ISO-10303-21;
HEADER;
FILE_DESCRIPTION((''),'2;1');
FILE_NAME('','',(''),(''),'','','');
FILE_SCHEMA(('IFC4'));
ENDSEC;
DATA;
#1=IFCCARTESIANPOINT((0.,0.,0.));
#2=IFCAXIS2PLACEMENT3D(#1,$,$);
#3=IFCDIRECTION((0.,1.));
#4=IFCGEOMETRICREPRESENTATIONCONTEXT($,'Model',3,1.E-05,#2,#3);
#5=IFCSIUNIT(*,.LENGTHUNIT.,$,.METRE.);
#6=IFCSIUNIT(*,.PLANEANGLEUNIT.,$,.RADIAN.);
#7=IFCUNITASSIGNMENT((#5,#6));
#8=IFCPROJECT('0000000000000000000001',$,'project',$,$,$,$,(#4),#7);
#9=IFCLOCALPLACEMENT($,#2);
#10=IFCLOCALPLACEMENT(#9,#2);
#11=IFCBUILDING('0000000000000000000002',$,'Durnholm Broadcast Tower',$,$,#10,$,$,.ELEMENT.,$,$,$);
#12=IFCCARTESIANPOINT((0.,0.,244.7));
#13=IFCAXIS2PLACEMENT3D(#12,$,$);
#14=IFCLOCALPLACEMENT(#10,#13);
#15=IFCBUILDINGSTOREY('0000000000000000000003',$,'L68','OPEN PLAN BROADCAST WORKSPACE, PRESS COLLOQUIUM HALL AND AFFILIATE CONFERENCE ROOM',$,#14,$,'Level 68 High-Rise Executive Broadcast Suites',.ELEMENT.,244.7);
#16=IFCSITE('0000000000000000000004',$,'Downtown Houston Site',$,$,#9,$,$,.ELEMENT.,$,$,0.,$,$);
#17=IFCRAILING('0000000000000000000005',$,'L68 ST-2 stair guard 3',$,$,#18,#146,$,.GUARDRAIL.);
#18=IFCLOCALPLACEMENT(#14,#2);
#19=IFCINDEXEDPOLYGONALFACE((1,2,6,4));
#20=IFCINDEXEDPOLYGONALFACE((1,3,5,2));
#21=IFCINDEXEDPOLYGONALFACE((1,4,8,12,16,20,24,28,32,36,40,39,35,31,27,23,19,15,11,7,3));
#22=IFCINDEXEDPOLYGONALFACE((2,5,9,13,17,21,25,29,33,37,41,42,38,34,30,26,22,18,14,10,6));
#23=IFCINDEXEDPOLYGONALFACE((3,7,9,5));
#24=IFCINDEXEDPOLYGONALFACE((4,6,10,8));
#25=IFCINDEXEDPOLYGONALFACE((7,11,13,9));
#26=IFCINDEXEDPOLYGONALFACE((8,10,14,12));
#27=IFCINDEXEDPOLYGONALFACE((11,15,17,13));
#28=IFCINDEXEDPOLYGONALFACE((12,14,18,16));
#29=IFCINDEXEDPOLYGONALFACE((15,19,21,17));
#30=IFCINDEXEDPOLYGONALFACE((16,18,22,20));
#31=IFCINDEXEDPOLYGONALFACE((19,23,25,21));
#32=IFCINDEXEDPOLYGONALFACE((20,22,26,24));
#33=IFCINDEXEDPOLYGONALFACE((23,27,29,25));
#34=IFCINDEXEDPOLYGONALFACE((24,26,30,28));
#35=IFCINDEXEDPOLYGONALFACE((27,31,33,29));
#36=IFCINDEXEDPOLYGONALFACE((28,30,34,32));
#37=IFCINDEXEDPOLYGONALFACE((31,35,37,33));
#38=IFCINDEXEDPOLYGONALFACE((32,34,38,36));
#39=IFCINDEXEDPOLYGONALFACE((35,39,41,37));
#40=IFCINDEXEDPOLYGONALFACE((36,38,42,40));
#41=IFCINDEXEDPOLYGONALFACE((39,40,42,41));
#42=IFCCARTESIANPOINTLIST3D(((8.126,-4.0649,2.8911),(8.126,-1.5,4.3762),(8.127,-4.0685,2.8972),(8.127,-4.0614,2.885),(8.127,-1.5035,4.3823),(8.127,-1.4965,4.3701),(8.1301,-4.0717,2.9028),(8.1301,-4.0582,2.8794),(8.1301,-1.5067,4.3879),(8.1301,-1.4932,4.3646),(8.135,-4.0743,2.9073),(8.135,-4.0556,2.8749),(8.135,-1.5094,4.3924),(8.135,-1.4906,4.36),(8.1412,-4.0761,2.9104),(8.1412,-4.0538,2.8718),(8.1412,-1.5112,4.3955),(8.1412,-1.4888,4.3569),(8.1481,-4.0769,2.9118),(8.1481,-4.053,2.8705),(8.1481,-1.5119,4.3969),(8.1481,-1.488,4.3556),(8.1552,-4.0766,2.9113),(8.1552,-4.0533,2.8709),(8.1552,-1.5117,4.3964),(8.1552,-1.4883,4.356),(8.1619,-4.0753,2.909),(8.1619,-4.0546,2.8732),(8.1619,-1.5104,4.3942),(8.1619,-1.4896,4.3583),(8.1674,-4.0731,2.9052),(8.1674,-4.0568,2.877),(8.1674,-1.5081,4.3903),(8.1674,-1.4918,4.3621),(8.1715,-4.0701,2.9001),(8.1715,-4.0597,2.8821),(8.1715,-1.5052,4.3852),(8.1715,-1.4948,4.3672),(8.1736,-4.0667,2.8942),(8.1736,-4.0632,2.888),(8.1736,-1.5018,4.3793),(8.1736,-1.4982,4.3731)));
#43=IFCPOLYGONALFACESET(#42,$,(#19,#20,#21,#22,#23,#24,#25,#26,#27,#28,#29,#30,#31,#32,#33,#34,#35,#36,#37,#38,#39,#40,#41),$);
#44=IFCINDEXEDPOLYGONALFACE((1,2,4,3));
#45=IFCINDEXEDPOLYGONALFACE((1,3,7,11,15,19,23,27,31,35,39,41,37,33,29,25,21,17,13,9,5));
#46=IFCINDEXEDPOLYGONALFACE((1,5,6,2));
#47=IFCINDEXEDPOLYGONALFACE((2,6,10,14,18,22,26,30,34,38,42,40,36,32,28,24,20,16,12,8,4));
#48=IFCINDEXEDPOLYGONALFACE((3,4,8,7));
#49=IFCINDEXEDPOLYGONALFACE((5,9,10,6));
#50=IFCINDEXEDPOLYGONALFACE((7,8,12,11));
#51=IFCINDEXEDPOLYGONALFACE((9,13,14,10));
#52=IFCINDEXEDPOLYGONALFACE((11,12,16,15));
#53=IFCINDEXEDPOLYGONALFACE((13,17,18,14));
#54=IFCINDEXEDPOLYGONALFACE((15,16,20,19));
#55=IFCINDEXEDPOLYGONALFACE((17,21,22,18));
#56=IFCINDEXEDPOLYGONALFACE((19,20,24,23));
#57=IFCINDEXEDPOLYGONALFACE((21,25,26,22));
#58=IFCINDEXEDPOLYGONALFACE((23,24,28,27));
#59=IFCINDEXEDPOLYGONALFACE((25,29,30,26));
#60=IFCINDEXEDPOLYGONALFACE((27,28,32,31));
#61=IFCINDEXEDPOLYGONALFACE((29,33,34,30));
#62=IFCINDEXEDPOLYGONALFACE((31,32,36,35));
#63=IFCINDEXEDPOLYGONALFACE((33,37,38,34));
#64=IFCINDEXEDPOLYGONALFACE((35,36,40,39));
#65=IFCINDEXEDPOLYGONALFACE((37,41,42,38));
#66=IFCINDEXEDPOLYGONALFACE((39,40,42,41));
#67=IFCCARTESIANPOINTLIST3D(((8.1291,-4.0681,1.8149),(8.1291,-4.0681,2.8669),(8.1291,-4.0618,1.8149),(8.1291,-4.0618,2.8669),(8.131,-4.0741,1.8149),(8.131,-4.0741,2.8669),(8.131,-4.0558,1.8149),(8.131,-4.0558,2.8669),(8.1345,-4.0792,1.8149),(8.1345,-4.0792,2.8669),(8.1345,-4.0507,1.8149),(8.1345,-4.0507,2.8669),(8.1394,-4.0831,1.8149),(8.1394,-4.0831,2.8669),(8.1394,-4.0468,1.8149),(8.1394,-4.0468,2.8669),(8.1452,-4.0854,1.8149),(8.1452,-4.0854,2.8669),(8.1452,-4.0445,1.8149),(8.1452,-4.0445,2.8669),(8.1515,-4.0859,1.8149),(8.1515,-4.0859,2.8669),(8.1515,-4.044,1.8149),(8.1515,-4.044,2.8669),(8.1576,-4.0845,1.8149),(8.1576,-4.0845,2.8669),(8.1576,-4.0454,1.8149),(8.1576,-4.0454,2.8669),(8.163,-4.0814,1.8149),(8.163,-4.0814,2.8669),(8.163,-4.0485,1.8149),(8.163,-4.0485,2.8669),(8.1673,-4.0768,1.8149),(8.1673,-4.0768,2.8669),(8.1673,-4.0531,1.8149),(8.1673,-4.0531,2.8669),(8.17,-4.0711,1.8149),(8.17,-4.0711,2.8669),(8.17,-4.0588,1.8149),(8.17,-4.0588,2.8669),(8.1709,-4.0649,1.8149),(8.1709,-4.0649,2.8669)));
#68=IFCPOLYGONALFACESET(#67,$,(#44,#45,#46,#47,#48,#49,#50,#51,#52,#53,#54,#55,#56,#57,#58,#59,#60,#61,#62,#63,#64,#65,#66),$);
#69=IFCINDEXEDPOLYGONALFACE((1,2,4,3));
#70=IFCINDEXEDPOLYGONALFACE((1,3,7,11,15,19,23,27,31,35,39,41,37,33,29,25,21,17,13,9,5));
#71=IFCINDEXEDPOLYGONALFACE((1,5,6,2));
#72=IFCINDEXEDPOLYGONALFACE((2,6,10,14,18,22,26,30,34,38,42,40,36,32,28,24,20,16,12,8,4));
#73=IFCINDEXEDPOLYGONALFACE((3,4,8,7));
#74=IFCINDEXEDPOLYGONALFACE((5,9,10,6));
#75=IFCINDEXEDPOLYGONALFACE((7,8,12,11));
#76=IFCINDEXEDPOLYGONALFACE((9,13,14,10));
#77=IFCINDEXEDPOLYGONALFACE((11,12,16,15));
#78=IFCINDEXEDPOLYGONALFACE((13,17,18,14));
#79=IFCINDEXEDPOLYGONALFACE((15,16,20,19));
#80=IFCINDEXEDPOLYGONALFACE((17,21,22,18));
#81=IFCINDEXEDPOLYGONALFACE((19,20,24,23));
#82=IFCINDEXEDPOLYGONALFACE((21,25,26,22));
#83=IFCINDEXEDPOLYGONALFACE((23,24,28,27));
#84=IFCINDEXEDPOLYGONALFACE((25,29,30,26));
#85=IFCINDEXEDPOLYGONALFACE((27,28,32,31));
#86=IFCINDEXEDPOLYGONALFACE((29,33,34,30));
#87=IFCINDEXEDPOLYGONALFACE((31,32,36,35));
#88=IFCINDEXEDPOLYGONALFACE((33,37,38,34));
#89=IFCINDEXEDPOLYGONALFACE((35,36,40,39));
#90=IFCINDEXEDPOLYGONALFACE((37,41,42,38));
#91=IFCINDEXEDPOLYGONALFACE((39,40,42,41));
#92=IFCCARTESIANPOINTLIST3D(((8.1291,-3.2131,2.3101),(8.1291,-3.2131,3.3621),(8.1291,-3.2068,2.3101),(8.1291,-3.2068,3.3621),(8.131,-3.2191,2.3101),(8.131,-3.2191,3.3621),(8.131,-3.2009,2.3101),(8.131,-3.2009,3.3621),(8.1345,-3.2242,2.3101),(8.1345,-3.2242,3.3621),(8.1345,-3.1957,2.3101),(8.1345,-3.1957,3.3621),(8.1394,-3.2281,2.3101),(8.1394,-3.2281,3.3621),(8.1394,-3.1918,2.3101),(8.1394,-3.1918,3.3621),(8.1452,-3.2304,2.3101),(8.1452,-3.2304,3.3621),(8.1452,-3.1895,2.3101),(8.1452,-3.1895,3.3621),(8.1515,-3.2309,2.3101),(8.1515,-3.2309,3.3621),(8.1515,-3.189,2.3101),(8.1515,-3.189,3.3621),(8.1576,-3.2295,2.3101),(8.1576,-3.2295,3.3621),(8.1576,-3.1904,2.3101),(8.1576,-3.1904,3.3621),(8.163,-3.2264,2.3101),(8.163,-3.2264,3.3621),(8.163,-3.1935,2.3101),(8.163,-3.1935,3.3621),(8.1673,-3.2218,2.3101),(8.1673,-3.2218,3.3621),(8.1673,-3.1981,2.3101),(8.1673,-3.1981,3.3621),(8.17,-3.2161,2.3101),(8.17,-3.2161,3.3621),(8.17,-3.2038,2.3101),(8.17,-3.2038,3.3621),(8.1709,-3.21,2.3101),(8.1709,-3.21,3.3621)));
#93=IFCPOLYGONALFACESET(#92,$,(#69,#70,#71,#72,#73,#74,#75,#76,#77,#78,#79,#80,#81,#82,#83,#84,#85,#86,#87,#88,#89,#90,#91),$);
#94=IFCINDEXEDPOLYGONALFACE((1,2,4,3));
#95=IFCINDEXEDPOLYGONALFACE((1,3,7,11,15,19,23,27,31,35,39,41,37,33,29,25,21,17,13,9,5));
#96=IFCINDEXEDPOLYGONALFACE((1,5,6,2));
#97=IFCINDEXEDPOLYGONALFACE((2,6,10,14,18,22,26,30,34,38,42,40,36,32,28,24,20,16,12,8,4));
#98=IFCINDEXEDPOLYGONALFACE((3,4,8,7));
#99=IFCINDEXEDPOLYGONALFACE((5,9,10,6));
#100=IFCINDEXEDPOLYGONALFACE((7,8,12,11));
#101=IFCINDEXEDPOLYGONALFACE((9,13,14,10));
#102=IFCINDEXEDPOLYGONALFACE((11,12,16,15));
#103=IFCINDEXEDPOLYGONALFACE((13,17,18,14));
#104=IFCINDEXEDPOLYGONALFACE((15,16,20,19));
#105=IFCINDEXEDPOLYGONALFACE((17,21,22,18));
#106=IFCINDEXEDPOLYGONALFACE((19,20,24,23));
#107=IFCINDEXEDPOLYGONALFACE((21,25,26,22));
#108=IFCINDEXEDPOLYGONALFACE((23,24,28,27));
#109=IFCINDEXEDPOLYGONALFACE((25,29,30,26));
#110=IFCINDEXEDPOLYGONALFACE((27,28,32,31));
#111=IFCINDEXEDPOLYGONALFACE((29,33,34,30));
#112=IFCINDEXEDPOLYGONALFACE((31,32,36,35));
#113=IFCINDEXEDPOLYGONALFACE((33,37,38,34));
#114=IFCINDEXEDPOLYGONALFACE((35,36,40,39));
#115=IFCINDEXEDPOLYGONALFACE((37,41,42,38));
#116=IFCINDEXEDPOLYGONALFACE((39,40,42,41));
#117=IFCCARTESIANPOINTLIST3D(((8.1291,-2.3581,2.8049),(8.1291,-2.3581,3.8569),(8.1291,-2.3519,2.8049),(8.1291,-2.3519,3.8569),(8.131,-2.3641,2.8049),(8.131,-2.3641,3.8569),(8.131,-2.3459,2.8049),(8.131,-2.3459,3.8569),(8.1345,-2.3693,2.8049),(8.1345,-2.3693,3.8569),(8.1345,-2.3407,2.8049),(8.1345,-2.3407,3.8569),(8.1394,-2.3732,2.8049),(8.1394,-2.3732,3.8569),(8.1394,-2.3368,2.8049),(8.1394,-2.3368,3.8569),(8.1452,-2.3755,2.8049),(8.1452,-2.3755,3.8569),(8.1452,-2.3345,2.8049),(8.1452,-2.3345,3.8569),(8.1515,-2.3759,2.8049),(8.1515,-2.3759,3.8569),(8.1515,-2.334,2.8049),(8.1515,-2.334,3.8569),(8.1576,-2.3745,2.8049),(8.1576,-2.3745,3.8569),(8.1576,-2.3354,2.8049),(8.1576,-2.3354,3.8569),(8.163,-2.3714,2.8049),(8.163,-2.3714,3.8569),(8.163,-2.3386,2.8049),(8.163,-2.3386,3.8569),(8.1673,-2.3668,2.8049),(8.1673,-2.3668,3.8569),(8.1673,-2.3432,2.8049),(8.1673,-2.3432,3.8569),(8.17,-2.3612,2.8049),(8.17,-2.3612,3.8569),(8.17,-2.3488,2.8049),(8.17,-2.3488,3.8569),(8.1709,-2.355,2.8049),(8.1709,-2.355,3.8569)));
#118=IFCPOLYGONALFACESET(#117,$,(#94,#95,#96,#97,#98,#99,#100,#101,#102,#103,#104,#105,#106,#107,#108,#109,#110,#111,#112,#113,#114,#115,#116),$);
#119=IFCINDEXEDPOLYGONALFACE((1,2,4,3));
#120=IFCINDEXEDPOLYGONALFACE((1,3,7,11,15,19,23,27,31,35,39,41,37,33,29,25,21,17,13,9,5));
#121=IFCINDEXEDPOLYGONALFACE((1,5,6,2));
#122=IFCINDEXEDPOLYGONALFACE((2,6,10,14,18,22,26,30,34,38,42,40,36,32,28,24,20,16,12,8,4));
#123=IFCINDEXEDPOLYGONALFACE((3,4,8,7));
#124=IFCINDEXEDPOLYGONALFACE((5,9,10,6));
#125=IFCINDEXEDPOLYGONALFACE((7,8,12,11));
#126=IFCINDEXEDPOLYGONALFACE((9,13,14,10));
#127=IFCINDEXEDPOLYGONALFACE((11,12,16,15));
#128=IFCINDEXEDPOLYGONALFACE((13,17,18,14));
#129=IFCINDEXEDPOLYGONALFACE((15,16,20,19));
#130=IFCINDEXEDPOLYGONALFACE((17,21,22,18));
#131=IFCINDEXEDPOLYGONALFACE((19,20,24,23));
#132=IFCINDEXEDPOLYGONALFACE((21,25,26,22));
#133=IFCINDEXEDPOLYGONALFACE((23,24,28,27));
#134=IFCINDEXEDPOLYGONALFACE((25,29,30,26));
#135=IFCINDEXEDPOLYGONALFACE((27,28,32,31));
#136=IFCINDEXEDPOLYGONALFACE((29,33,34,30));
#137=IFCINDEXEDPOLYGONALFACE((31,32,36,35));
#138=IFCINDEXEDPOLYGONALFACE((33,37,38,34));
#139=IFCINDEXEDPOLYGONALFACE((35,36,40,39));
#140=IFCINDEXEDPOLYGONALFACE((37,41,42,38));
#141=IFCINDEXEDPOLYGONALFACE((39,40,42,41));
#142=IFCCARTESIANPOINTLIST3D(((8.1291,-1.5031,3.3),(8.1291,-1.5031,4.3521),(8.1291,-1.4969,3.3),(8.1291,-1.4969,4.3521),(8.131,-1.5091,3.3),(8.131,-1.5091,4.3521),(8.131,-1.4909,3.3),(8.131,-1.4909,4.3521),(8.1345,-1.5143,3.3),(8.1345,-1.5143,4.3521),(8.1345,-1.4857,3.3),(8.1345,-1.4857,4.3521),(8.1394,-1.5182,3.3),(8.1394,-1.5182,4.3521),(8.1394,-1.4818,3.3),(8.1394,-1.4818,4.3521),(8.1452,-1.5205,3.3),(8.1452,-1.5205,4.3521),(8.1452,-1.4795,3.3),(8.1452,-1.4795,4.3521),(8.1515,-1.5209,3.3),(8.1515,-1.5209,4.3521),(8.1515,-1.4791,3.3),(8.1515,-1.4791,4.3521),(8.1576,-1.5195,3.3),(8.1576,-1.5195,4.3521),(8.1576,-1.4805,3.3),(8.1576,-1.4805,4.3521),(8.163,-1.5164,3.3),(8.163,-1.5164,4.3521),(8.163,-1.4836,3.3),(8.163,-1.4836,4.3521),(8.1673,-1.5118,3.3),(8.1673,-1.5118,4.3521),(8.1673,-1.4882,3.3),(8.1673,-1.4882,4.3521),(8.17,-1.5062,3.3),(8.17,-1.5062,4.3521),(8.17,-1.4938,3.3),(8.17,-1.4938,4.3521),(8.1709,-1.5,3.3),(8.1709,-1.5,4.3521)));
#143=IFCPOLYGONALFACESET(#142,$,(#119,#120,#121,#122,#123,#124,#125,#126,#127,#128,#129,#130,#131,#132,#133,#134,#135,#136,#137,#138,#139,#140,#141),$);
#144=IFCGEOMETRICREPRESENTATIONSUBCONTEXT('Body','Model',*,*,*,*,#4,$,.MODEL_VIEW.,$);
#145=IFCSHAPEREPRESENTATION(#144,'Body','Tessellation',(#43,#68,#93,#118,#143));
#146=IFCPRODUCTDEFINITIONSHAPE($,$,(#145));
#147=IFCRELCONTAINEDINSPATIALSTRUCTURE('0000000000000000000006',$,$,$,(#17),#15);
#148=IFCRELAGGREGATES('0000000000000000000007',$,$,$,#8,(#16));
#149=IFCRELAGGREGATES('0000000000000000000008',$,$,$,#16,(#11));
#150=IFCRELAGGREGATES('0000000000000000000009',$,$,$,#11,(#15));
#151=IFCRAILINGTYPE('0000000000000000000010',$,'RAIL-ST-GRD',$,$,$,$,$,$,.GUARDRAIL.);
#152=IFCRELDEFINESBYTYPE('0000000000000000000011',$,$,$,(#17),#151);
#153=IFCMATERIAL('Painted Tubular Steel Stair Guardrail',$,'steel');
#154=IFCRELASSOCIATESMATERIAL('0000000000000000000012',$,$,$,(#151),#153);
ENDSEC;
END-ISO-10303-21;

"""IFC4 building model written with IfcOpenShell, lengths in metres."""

from ifc_helpers import new_model, si_unit, direction, frame, origin, origin_2d, place, context, subcontext, project, spatial, circle, extrude, material, type_object, element, save


model = new_model("IFC4")

# Units and contexts
model_context = context("Model", 3, precision=1e-05, world=origin(), true_north=direction((0.0, 1.0)))
body_context = subcontext(model_context, "Body", "Model", "MODEL_VIEW")
ifc_project = project(units=[si_unit("LENGTHUNIT", "METRE"), si_unit("PLANEANGLEUNIT", "RADIAN")], contexts=[model_context])

# Site, building, storey
site_placement = place(None, origin())
site = spatial("IfcSite", under=ifc_project, at=site_placement, Name="Downtown Houston Site", CompositionType="ELEMENT", RefElevation=0.0)
building_placement = place(site_placement, origin())
building = spatial("IfcBuilding", under=site, at=building_placement, Name="Durnholm Broadcast Tower", CompositionType="ELEMENT")
storey_placement = place(building_placement, frame((0.0, 0.0, 244.7)))
storey = spatial("IfcBuildingStorey", under=building, at=storey_placement, Name="L68", Description="OPEN PLAN BROADCAST WORKSPACE, PRESS COLLOQUIUM HALL AND AFFILIATE CONFERENCE ROOM", LongName="Level 68 High-Rise Executive Broadcast Suites", CompositionType="ELEMENT", Elevation=244.7)

# Railing
ifc_material_1 = material(Name="Painted Tubular Steel Stair Guardrail", Category="steel")
railing_type_1 = type_object("IfcRailingType", Name="RAIL-ST-GRD", PredefinedType="GUARDRAIL", material=ifc_material_1)
railing_1_placement = place(storey_placement, frame((8.1499, -4.0649, 1.8149)))
element("IfcRailing", 1, at=railing_1_placement, inside=storey, type_object=railing_type_1, Name="L68 ST-2 stair guard 3", PredefinedType="GUARDRAIL", context=body_context, shape_type="SweptSolid", body=[
    extrude(circle(Radius=0.0239, at=origin_2d()), frame((0.0, 0.0, 1.0762), z_axis=(0.0, 0.865406, 0.501072), x_axis=(-1.0, 0.0, 0.0)), (0.0, 0.0, 1.0), 2.9639),
    extrude(circle(Radius=0.021, at=origin_2d()), origin(), (0.0, 0.0, 1.0), 1.052),
    extrude(circle(Radius=0.021, at=origin_2d()), frame((0.0, 0.855, 0.4951)), (0.0, 0.0, 1.0), 1.052),
    extrude(circle(Radius=0.021, at=origin_2d()), frame((0.0, 1.71, 0.99)), (0.0, 0.0, 1.0), 1.052),
    extrude(circle(Radius=0.021, at=origin_2d()), frame((0.0, 2.5649, 1.4851)), (0.0, 0.0, 1.0), 1.052),
])

save(model, "model.ifc")
